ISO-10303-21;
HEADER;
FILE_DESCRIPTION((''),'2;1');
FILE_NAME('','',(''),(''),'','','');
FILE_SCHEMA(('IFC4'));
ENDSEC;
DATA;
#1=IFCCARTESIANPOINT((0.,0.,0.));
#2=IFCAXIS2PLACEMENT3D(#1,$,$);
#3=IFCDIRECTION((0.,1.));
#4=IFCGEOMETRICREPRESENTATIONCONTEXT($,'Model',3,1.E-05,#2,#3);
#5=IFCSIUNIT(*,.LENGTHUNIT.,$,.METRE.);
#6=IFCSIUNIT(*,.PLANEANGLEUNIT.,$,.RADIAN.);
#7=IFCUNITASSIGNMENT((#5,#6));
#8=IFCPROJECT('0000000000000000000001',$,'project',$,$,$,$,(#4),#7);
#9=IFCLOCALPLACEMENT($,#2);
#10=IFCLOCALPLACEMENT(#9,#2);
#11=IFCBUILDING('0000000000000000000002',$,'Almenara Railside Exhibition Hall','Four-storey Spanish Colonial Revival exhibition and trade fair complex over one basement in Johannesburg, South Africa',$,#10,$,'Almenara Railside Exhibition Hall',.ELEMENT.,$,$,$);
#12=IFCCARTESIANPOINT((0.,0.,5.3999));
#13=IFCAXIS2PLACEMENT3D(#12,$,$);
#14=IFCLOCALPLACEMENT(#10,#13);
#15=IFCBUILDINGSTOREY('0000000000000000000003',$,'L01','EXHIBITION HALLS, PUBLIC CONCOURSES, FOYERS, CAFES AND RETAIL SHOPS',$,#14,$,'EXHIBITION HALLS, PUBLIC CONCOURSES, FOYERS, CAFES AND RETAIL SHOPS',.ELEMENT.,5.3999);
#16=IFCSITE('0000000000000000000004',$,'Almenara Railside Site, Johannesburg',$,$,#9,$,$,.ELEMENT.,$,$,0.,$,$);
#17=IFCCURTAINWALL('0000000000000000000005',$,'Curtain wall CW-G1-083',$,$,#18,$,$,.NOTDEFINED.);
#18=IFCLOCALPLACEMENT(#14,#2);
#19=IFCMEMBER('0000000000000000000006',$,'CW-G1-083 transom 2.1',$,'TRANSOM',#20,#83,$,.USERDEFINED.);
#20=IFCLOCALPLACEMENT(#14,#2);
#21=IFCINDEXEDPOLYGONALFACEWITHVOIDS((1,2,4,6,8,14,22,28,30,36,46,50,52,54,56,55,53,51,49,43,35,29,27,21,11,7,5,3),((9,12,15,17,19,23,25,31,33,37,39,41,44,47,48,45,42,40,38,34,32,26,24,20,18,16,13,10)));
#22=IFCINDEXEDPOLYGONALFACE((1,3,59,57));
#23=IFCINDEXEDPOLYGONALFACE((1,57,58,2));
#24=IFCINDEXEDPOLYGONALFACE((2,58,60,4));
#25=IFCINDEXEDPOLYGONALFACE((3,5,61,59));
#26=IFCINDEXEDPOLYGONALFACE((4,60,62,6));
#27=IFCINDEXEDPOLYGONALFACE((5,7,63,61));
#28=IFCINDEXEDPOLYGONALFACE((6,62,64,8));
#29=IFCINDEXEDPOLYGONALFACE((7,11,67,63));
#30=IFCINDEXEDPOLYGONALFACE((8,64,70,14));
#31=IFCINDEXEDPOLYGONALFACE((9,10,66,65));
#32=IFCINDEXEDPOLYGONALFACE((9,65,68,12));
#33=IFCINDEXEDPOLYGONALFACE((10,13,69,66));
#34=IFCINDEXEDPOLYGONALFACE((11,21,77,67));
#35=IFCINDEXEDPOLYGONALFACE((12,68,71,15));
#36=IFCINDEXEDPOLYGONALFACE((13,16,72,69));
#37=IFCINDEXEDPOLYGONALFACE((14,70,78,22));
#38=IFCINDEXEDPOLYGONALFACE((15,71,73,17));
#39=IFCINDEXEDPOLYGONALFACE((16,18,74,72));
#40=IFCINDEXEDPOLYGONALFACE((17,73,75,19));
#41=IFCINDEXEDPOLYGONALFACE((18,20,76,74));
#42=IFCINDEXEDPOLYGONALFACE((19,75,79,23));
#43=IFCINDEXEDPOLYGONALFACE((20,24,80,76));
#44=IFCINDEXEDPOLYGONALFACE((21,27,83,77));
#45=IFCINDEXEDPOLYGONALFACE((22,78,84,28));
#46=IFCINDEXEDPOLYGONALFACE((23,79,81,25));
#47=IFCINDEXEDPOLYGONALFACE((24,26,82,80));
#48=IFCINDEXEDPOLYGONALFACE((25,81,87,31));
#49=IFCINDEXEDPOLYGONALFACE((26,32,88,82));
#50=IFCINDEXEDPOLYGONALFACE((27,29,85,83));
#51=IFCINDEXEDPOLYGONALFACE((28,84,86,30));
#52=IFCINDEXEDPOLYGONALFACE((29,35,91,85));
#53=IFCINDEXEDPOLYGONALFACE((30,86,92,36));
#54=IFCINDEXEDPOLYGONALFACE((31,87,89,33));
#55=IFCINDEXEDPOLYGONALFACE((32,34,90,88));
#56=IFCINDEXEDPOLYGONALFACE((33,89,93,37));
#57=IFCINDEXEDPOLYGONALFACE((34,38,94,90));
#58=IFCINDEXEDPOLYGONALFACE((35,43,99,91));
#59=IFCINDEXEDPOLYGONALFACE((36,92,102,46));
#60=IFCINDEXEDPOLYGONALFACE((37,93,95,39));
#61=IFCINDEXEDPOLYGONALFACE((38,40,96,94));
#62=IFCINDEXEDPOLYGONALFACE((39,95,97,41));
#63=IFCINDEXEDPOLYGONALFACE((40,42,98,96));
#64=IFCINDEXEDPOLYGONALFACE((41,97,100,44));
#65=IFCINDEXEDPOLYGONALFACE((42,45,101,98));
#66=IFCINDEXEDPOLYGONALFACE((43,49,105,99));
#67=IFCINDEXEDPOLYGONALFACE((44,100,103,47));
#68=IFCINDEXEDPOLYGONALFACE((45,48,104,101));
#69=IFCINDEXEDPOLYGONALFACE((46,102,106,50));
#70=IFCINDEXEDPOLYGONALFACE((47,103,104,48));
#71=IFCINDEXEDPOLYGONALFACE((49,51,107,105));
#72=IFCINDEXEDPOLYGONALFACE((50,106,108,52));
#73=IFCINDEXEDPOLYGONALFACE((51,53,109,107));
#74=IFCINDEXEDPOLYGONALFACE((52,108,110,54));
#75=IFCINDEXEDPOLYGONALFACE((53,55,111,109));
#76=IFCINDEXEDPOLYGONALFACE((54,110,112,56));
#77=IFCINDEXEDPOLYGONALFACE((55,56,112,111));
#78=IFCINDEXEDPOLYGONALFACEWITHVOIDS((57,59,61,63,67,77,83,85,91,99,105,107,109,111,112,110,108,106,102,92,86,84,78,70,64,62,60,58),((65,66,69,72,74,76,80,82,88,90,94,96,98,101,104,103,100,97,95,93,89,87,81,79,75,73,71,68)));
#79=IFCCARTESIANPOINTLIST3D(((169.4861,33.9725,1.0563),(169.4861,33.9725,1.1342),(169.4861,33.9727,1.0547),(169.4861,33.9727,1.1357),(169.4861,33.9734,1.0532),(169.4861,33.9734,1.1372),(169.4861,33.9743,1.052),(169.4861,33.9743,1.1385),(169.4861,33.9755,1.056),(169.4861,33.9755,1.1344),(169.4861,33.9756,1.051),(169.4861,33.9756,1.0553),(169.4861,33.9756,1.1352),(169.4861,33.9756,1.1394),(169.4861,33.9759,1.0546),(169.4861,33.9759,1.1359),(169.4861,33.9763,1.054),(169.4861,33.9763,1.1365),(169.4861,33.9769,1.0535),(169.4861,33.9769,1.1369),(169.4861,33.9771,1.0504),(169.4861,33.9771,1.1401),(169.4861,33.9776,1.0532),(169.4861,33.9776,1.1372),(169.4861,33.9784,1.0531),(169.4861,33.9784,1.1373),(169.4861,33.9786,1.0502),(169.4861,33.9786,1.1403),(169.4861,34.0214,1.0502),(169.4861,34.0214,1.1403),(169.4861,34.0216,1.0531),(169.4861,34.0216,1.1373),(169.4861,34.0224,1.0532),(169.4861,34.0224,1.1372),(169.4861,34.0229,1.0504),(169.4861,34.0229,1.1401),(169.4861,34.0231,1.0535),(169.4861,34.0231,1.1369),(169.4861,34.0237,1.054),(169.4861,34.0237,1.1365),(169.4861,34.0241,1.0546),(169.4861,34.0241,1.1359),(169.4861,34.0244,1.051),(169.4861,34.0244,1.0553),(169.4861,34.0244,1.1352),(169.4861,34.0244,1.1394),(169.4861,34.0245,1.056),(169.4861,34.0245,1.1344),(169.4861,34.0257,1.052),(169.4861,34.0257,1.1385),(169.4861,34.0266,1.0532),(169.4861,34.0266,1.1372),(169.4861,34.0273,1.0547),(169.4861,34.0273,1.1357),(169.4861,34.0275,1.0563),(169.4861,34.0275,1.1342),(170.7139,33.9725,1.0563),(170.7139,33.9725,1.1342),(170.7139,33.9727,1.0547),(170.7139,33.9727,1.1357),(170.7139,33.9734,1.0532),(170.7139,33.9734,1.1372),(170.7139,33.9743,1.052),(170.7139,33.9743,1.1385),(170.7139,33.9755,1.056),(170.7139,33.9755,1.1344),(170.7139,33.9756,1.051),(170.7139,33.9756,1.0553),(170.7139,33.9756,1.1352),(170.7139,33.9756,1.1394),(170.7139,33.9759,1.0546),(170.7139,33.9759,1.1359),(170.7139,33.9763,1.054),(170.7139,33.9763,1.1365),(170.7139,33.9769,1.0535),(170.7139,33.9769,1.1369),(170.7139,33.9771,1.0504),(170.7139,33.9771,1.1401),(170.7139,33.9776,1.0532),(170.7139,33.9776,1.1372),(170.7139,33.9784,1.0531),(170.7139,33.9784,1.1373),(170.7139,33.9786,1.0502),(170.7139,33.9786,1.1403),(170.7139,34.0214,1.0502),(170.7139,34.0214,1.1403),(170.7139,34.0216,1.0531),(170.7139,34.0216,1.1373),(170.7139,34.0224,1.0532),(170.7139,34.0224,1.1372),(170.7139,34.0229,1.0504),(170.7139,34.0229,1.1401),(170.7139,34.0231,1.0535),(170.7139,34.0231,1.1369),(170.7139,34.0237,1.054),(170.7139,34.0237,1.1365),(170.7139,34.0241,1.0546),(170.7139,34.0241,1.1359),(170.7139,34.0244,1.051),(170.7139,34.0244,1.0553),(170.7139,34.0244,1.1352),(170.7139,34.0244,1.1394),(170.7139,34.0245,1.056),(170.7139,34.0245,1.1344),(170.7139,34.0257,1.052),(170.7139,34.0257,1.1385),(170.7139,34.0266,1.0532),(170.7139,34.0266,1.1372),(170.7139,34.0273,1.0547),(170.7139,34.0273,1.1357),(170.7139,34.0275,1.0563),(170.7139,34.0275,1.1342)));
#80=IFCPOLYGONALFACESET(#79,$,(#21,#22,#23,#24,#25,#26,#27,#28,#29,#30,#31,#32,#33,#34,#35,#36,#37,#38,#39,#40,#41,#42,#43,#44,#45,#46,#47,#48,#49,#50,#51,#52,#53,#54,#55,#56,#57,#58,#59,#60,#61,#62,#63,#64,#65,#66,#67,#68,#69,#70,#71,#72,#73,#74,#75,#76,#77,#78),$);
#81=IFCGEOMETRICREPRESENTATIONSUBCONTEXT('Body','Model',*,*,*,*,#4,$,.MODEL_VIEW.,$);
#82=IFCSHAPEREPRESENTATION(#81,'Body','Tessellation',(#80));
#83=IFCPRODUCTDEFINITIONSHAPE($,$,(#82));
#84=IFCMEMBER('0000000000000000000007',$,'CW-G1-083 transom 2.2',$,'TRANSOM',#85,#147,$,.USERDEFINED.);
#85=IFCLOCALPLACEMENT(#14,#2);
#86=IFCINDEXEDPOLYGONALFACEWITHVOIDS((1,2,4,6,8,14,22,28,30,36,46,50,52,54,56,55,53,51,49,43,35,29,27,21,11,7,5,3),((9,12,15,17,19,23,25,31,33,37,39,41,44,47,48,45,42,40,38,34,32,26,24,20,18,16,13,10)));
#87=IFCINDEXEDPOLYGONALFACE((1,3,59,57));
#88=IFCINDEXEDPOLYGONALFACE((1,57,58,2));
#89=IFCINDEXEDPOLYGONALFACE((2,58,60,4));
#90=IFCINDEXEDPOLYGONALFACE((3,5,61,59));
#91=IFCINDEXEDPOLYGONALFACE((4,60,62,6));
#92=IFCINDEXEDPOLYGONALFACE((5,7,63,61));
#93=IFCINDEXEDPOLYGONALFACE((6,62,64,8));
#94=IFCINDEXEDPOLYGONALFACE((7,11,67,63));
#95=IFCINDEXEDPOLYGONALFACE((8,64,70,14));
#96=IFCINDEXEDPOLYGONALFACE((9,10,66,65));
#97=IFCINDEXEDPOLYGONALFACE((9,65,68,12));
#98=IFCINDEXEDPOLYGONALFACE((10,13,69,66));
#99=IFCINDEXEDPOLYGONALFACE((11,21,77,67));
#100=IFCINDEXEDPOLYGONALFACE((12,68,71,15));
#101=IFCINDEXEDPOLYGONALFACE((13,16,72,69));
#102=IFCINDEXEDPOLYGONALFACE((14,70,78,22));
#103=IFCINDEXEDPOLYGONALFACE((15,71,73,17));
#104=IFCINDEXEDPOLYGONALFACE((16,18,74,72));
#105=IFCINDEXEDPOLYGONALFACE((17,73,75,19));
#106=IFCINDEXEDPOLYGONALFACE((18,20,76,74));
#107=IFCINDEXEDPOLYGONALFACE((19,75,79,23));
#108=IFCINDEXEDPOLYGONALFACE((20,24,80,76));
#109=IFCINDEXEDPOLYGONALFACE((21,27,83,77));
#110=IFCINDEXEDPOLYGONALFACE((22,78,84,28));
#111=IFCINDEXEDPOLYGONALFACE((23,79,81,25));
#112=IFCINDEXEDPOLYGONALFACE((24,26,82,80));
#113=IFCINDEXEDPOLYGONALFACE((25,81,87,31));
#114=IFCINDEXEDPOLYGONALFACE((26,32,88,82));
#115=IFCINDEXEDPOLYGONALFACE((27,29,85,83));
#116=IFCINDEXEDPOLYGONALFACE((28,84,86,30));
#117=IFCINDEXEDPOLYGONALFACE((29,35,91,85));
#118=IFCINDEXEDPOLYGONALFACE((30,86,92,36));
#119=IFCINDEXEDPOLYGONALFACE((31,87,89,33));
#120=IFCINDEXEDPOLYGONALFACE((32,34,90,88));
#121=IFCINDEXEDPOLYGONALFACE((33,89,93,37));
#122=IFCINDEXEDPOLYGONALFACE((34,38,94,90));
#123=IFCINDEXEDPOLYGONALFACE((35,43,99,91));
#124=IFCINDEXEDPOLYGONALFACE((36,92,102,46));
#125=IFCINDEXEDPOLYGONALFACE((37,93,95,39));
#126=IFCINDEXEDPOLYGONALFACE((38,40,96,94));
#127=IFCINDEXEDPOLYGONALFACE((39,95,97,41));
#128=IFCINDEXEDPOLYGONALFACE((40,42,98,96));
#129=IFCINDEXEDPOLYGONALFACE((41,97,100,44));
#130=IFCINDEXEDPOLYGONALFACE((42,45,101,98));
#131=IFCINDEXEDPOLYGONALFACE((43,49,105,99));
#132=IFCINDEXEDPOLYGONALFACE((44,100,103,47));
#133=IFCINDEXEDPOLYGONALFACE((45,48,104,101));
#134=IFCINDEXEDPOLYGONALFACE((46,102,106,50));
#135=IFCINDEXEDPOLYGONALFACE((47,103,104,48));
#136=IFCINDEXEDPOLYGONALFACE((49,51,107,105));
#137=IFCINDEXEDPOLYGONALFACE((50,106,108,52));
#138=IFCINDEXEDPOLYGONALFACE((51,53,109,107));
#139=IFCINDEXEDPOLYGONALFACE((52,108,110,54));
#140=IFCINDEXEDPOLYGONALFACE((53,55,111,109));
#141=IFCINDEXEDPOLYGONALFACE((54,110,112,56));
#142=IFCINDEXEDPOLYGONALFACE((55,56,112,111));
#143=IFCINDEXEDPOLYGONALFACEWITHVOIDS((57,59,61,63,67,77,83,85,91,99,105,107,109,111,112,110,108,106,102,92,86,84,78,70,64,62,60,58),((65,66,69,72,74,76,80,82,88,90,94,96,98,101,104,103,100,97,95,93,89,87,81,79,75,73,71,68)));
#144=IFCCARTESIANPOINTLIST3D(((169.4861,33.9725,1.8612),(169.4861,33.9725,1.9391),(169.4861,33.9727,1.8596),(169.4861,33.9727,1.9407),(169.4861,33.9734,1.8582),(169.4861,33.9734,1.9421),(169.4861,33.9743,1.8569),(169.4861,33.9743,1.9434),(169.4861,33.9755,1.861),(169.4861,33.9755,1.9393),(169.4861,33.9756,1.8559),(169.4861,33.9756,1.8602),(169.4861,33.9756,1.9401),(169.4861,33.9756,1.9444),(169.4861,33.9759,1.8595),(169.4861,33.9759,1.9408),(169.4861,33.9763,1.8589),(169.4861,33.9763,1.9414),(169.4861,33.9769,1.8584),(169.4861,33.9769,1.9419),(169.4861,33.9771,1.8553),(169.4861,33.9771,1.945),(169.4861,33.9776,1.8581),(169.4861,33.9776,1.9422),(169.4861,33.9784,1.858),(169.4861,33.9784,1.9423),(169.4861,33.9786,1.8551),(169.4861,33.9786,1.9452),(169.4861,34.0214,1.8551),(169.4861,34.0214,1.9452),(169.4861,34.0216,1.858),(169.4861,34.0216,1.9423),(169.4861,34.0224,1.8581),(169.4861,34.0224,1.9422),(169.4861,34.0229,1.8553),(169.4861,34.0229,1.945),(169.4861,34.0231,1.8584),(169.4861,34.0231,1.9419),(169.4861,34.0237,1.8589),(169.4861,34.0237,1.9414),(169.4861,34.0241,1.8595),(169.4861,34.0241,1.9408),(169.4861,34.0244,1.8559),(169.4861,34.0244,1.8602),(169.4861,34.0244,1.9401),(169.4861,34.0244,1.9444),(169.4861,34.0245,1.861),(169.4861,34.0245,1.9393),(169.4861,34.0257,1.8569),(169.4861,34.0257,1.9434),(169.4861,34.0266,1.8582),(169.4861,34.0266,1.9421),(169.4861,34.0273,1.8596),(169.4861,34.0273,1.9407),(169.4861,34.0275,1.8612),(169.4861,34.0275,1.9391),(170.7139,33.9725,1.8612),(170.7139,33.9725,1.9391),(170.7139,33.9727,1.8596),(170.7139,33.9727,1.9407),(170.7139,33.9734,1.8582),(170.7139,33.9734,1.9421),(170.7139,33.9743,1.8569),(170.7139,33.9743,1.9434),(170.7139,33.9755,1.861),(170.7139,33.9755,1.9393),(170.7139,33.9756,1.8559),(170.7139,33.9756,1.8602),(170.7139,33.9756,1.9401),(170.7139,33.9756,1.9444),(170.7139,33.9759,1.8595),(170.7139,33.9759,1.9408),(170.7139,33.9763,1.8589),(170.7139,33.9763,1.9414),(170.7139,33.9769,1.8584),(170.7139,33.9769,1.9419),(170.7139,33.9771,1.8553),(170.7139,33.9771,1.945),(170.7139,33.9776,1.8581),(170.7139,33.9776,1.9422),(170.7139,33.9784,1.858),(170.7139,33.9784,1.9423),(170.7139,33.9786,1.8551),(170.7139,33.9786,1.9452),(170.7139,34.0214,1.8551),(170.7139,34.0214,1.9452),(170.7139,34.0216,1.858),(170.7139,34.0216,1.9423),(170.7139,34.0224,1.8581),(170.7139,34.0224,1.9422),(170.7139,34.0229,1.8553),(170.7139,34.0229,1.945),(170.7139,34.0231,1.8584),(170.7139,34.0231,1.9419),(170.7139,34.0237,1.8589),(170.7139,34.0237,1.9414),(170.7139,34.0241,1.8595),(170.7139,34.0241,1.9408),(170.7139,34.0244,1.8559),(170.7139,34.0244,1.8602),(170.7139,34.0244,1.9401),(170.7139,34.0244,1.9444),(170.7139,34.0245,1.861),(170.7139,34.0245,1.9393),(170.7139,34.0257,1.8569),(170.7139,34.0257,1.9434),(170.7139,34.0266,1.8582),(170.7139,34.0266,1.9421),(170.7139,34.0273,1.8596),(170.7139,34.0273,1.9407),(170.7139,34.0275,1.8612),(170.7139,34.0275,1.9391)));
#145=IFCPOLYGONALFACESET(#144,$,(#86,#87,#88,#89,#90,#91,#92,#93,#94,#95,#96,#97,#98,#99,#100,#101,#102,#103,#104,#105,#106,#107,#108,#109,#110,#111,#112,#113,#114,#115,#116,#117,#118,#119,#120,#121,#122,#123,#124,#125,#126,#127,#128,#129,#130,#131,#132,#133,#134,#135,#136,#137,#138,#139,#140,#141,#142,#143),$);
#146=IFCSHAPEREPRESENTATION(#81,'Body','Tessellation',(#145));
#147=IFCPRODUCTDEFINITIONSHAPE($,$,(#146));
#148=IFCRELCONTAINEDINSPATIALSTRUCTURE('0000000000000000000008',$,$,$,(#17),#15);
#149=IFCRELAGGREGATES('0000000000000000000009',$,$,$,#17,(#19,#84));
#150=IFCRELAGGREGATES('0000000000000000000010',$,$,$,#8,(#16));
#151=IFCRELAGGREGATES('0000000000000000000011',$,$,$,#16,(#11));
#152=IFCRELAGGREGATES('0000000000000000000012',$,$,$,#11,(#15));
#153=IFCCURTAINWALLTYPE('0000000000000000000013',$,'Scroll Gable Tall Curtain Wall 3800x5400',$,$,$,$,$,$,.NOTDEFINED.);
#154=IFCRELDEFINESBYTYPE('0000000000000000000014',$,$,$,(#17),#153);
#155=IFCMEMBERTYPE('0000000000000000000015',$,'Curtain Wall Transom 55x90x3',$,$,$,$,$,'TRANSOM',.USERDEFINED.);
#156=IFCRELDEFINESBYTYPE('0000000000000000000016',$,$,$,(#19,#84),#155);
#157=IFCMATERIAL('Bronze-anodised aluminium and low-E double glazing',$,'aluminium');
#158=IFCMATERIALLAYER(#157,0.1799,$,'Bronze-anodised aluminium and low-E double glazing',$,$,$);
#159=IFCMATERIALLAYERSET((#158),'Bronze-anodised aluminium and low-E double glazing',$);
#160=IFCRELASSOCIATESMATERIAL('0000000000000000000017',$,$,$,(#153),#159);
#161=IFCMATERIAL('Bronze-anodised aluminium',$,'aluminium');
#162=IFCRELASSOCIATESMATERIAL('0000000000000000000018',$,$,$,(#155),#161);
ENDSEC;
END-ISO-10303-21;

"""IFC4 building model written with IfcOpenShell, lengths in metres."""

from ifc_helpers import new_model, si_unit, direction, frame, origin, origin_2d, place, context, subcontext, project, spatial, hollow_rectangle, extrude, material, layer, layer_set, material_profile, profile_set, type_object, element, aggregate, save


model = new_model("IFC4")

# Units and contexts
model_context = context("Model", 3, precision=1e-05, world=origin(), true_north=direction((0.0, 1.0)))
body_context = subcontext(model_context, "Body", "Model", "MODEL_VIEW")
ifc_project = project(units=[si_unit("LENGTHUNIT", "METRE"), si_unit("PLANEANGLEUNIT", "RADIAN")], contexts=[model_context])

# Site, building, storey
site_placement = place(None, origin())
site = spatial("IfcSite", under=ifc_project, at=site_placement, Name="Almenara Railside Site, Johannesburg", CompositionType="ELEMENT", RefElevation=0.0)
building_placement = place(site_placement, origin())
building = spatial("IfcBuilding", under=site, at=building_placement, Name="Almenara Railside Exhibition Hall", Description="Four-storey Spanish Colonial Revival exhibition and trade fair complex over one basement in Johannesburg, South Africa", LongName="Almenara Railside Exhibition Hall", CompositionType="ELEMENT")
storey_placement = place(building_placement, frame((0.0, 0.0, 5.3999)))
storey = spatial("IfcBuildingStorey", under=building, at=storey_placement, Name="L01", Description="EXHIBITION HALLS, PUBLIC CONCOURSES, FOYERS, CAFES AND RETAIL SHOPS", LongName="EXHIBITION HALLS, PUBLIC CONCOURSES, FOYERS, CAFES AND RETAIL SHOPS", CompositionType="ELEMENT", Elevation=5.3999)

# Curtain wall, members
ifc_material_1 = material(Name="Bronze-anodised aluminium and low-E double glazing", Category="aluminium")
ifc_layer_1 = layer(ifc_material_1, 0.1799, Name="Bronze-anodised aluminium and low-E double glazing")
ifc_layer_set_1 = layer_set([ifc_layer_1], Name="Bronze-anodised aluminium and low-E double glazing")
curtain_wall_type = type_object("IfcCurtainWallType", Name="Scroll Gable Tall Curtain Wall 3800x5400", PredefinedType="NOTDEFINED", material=ifc_layer_set_1)
curtain_wall_placement = place(storey_placement, origin())
curtain_wall = element("IfcCurtainWall", 1, at=curtain_wall_placement, inside=storey, type_object=curtain_wall_type, Name="Curtain wall CW-G1-083", PredefinedType="NOTDEFINED")
ifc_material_2 = material(Name="Bronze-anodised aluminium", Category="aluminium")
ifc_material_profile_1 = material_profile(ifc_material_2, hollow_rectangle(XDim=0.0549, YDim=0.0901, WallThickness=0.0029, InnerFilletRadius=0.0029, OuterFilletRadius=0.0061, at=origin_2d()), Name="ALU-TRN 55x90x3")
ifc_profile_set_1 = profile_set([ifc_material_profile_1], Name="Bronze-anodised aluminium")
member_type_1 = type_object("IfcMemberType", Name="Curtain Wall Transom 55x90x3", ElementType="TRANSOM", PredefinedType="USERDEFINED", material=ifc_profile_set_1)
member_1_placement = place(storey_placement, frame((169.4861, 34.0, 1.0952), z_axis=(1.0, 0.0, 0.0), x_axis=(0.0, 1.0, 0.0)))
member_1 = element("IfcMember", 2, at=member_1_placement, type_object=member_type_1, Name="CW-G1-083 transom 2.1", ObjectType="TRANSOM", PredefinedType="USERDEFINED", context=body_context, shape_type="SweptSolid", body=[
    extrude(hollow_rectangle(XDim=0.0549, YDim=0.0901, WallThickness=0.0029, InnerFilletRadius=0.0029, OuterFilletRadius=0.0061, at=origin_2d()), origin(), (0.0, 0.0, 1.0), 1.2278),
])
member_2_placement = place(storey_placement, frame((169.4861, 34.0, 1.9001), z_axis=(1.0, 0.0, 0.0), x_axis=(0.0, 1.0, 0.0)))
member_2 = element("IfcMember", 3, at=member_2_placement, type_object=member_type_1, Name="CW-G1-083 transom 2.2", ObjectType="TRANSOM", PredefinedType="USERDEFINED", context=body_context, shape_type="SweptSolid", body=[
    extrude(hollow_rectangle(XDim=0.0549, YDim=0.0901, WallThickness=0.0029, InnerFilletRadius=0.0029, OuterFilletRadius=0.0061, at=origin_2d()), origin(), (0.0, 0.0, 1.0), 1.2278),
])
aggregate(curtain_wall, [member_1, member_2])

save(model, "model.ifc")
